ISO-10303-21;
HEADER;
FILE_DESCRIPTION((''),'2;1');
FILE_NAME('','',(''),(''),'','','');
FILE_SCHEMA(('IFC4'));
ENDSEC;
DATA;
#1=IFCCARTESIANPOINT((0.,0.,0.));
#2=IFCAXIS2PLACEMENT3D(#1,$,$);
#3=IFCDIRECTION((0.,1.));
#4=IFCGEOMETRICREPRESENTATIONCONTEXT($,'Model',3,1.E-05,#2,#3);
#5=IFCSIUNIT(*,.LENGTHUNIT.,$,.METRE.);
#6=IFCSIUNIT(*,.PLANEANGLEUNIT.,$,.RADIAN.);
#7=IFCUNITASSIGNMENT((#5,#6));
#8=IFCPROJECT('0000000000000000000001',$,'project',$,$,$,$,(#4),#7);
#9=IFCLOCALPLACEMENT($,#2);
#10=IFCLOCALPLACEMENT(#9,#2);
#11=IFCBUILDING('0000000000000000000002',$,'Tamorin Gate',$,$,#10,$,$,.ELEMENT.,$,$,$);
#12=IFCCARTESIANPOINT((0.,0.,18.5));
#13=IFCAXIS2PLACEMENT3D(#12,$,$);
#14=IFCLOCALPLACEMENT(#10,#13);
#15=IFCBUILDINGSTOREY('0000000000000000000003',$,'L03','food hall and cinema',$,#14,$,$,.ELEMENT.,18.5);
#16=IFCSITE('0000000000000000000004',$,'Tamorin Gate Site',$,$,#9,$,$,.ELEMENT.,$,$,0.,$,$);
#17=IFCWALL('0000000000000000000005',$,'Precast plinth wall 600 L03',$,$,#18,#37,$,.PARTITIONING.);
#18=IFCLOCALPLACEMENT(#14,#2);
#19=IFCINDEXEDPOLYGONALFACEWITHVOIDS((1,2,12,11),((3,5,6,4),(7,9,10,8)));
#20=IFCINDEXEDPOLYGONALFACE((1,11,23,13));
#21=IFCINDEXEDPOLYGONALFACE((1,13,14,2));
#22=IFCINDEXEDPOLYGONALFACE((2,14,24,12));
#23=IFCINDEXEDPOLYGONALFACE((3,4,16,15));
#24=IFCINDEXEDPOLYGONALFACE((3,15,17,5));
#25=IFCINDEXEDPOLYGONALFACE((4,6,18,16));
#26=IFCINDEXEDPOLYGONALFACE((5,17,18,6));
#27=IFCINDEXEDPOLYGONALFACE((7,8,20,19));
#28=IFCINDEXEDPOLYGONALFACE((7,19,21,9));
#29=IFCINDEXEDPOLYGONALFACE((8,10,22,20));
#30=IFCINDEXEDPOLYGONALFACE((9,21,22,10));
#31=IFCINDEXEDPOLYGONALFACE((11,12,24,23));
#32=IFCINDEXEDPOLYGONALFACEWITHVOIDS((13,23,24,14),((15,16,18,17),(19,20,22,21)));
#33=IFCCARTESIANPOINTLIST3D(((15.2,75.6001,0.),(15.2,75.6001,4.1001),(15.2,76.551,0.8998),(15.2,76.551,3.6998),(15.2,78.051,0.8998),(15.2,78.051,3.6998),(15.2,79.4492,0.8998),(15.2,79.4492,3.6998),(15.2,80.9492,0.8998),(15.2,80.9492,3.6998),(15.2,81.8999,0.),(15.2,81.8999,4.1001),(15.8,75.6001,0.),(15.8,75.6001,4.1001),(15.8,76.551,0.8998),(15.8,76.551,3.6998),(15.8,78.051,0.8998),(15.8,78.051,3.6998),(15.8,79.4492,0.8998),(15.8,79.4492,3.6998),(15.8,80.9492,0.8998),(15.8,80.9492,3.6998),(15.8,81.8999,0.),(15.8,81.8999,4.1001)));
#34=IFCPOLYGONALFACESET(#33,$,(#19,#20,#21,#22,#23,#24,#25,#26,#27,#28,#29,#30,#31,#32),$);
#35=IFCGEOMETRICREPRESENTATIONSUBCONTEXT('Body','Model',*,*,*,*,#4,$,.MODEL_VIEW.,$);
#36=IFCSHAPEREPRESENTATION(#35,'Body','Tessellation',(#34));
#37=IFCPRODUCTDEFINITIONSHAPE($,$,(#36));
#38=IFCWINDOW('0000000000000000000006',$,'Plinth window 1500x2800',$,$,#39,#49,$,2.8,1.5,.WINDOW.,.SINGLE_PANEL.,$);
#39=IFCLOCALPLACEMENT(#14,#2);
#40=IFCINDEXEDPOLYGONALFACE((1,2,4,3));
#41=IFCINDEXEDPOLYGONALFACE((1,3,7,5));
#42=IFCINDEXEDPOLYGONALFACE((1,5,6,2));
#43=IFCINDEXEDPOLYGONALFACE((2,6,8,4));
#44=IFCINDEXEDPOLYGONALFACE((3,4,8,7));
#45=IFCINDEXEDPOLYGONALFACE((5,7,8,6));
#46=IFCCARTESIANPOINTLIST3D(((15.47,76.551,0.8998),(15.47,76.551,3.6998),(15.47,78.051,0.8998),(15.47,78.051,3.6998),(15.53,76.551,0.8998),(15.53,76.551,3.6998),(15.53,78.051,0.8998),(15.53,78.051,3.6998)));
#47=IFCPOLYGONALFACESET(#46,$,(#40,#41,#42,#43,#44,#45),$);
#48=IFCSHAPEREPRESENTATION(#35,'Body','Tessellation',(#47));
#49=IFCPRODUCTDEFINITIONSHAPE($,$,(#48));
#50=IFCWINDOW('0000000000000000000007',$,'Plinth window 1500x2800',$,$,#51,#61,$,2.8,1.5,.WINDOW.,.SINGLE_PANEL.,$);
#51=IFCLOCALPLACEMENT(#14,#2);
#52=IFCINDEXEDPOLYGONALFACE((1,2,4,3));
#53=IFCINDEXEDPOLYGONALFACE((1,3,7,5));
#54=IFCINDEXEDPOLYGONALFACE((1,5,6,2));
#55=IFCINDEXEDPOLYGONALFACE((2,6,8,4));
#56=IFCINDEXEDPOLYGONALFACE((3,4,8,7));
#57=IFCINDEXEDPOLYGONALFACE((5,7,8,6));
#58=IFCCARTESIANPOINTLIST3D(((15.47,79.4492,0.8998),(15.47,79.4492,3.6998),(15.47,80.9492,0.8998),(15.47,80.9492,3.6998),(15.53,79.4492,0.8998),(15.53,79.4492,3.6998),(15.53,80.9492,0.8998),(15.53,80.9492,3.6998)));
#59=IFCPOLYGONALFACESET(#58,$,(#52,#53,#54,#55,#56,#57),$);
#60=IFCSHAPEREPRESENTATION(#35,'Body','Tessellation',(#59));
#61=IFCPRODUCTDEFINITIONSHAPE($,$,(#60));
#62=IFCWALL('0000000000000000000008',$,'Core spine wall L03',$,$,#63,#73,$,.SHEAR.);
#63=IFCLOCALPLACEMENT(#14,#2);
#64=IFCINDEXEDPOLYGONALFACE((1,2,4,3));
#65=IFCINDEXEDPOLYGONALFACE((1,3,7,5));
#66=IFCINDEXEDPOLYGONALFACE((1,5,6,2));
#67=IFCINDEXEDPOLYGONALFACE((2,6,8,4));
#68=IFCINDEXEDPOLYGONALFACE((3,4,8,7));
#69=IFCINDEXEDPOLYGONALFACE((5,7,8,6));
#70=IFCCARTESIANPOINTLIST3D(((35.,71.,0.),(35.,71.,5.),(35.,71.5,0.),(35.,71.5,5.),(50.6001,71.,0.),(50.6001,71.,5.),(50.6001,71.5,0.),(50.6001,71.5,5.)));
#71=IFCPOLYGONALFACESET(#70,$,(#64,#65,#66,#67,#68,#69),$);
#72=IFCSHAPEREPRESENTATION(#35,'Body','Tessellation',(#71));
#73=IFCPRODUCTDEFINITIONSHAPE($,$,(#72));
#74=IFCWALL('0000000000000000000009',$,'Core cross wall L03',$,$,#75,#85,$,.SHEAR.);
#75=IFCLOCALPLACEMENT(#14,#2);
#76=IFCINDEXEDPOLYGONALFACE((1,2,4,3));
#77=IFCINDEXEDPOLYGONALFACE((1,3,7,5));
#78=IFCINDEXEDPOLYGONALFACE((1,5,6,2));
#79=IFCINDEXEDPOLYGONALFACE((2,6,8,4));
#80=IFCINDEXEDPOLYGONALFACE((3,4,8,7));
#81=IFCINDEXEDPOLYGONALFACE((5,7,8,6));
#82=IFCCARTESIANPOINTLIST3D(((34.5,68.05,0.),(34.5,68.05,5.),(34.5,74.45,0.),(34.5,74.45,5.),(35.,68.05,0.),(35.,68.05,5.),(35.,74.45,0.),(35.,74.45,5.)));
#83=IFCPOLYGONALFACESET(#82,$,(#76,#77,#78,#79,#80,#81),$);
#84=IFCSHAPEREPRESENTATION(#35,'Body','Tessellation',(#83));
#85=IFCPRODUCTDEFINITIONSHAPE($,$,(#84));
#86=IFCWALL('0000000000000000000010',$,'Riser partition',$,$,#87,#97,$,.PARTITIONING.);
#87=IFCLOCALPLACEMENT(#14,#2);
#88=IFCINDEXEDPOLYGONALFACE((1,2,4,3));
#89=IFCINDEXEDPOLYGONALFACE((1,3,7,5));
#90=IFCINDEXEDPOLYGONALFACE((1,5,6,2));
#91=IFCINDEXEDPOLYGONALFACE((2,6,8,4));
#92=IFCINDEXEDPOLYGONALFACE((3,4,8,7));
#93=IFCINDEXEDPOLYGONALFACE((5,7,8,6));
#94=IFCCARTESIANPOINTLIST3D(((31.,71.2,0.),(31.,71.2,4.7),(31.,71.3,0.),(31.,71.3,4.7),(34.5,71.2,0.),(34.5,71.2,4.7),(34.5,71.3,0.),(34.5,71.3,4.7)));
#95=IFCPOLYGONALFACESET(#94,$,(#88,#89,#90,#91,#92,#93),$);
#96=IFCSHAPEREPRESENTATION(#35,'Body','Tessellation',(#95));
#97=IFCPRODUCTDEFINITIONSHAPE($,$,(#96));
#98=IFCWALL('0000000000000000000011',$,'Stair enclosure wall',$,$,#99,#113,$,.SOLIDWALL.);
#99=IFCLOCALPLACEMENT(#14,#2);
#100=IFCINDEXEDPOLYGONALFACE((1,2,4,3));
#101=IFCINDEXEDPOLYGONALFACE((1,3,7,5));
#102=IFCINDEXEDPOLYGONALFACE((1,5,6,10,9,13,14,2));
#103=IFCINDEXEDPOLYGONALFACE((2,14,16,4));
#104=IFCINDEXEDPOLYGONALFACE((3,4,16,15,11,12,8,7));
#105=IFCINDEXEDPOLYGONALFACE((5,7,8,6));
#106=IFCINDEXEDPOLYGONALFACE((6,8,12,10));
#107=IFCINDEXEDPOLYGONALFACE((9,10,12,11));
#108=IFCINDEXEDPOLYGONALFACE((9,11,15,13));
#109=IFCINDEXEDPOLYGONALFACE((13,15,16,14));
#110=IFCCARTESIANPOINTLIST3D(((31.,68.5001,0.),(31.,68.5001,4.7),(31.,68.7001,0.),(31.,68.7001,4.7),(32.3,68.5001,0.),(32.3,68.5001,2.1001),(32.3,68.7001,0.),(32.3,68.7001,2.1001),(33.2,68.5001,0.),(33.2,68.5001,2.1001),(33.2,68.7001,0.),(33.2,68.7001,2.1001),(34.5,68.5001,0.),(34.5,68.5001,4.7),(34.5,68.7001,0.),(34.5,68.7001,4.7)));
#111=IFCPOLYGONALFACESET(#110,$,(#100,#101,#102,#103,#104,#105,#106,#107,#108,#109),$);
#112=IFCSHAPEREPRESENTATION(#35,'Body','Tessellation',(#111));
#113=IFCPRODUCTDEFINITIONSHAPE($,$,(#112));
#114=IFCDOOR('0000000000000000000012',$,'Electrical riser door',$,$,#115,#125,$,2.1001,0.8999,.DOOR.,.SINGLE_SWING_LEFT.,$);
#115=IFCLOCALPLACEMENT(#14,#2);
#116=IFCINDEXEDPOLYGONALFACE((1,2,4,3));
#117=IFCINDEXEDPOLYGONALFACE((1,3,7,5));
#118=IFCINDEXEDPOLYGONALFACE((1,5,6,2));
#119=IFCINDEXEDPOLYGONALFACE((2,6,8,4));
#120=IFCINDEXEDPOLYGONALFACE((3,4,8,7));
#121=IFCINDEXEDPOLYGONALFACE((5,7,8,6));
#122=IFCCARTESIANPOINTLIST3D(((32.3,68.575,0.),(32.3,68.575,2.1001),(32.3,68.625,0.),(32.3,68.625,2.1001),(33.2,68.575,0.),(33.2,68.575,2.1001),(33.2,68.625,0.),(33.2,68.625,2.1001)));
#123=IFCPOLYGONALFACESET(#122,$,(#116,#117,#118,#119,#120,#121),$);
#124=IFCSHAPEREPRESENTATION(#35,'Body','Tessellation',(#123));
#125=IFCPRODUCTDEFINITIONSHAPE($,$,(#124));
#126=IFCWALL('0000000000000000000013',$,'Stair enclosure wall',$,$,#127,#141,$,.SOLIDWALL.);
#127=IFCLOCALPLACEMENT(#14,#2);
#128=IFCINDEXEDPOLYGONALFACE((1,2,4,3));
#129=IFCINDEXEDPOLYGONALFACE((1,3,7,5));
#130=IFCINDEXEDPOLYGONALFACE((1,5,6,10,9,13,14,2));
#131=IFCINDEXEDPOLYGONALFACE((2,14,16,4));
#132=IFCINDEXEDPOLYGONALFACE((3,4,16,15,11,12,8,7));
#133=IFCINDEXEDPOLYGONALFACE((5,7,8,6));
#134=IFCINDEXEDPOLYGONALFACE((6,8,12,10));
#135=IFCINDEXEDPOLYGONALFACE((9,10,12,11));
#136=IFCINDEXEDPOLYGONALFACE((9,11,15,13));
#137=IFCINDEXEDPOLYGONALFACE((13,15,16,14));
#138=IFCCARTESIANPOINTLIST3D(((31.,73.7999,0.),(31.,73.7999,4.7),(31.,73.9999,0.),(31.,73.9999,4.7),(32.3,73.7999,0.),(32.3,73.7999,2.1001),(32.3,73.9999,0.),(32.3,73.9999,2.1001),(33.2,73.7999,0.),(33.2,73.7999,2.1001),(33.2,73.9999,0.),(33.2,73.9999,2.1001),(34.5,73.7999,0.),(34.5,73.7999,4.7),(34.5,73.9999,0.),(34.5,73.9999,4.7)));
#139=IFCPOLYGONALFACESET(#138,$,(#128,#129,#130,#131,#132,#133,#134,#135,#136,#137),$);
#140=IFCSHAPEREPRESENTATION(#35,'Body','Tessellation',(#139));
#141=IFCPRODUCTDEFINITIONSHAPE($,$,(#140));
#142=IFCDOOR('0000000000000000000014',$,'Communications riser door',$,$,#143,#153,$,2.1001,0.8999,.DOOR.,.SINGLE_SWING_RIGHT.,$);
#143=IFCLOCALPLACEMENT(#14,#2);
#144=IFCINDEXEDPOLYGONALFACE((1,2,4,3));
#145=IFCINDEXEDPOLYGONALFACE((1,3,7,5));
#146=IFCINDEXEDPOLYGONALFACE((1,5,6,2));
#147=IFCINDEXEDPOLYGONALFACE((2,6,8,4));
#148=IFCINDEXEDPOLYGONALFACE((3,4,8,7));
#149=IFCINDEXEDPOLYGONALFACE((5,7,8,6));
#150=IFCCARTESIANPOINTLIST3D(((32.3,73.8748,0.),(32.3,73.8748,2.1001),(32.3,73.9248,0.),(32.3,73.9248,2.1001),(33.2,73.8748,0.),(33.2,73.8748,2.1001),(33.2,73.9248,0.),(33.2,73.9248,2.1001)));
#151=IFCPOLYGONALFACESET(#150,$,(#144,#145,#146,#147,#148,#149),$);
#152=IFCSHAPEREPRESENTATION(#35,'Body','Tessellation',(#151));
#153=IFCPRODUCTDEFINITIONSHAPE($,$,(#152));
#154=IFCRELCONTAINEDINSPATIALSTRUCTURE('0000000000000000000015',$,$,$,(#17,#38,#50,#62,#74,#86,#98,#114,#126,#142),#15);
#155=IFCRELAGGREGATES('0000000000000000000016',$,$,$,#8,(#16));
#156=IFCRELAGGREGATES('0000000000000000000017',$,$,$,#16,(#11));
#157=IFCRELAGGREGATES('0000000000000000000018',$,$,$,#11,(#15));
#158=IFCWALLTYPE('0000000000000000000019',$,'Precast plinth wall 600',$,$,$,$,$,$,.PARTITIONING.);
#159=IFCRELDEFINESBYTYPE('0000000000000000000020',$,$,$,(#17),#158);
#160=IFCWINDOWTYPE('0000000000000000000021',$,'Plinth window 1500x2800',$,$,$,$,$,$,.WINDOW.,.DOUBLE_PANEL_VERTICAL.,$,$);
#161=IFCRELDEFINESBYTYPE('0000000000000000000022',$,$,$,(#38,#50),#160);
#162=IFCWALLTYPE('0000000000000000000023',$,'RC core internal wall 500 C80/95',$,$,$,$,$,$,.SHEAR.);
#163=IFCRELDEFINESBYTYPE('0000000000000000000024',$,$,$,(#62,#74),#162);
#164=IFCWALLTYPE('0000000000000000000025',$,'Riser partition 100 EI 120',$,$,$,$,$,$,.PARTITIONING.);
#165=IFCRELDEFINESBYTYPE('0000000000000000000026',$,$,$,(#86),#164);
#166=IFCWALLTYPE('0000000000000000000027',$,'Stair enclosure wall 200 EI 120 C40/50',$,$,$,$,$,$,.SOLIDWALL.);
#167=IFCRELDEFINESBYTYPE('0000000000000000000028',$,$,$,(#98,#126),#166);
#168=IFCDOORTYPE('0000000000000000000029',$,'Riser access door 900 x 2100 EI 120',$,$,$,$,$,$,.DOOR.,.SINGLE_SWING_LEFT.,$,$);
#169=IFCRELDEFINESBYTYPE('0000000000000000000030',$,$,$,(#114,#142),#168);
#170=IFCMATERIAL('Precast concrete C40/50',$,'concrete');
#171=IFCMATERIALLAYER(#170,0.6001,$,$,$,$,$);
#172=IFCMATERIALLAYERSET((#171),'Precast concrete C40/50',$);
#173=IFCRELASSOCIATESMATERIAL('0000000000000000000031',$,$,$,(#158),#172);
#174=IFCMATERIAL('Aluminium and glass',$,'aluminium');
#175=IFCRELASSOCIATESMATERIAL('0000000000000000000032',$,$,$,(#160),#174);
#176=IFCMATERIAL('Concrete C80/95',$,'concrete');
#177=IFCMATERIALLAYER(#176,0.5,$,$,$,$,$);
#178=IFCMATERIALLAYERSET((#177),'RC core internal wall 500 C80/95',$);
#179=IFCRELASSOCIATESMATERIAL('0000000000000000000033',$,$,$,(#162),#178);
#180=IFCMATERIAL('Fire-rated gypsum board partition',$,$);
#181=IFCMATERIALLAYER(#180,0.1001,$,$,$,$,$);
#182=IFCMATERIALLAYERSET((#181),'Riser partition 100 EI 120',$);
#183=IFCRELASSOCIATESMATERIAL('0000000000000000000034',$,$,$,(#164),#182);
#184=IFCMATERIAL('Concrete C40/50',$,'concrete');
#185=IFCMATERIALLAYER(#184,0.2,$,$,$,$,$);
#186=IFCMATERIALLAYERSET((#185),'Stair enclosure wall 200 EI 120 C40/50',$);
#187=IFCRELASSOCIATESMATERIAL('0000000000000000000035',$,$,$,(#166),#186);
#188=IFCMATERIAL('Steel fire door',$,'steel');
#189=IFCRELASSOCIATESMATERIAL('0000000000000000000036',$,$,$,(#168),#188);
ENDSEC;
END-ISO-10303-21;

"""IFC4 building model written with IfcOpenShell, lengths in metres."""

from ifc_helpers import new_model, si_unit, direction, frame, frame_2d, origin, place, context, subcontext, project, spatial, rectangle, extrude, material, layer, layer_set, type_object, element, fill, save


model = new_model("IFC4")

# Units and contexts
model_context = context("Model", 3, precision=1e-05, world=origin(), true_north=direction((0.0, 1.0)))
body_context = subcontext(model_context, "Body", "Model", "MODEL_VIEW")
ifc_project = project(units=[si_unit("LENGTHUNIT", "METRE"), si_unit("PLANEANGLEUNIT", "RADIAN")], contexts=[model_context])

# Site, building, storey
site_placement = place(None, origin())
site = spatial("IfcSite", under=ifc_project, at=site_placement, Name="Tamorin Gate Site", CompositionType="ELEMENT", RefElevation=0.0)
building_placement = place(site_placement, origin())
building = spatial("IfcBuilding", under=site, at=building_placement, Name="Tamorin Gate", CompositionType="ELEMENT")
storey_placement = place(building_placement, frame((0.0, 0.0, 18.5)))
storey = spatial("IfcBuildingStorey", under=building, at=storey_placement, Name="L03", Description="food hall and cinema", CompositionType="ELEMENT", Elevation=18.5)

# Shared definitions
ifc_material_1 = material(Name="Concrete C80/95", Category="concrete")

# Wall, openings, windows
ifc_material_2 = material(Name="Precast concrete C40/50", Category="concrete")
ifc_layer_1 = layer(ifc_material_2, 0.6001)
ifc_layer_set_1 = layer_set([ifc_layer_1], Name="Precast concrete C40/50")
wall_type_1 = type_object("IfcWallType", Name="Precast plinth wall 600", PredefinedType="PARTITIONING", material=ifc_layer_set_1)
ifc_material_3 = material(Name="Aluminium and glass", Category="aluminium")
window_type = type_object("IfcWindowType", Name="Plinth window 1500x2800", PartitioningType="DOUBLE_PANEL_VERTICAL", PredefinedType="WINDOW", material=ifc_material_3)
wall_1_placement = place(storey_placement, frame((15.5, 75.6001, 0.0), z_axis=(0.0, 0.0, 1.0), x_axis=(0.0, 1.0, 0.0)))
wall_1 = element("IfcWall", 1, at=wall_1_placement, inside=storey, type_object=wall_type_1, Name="Precast plinth wall 600 L03", PredefinedType="PARTITIONING", context=body_context, shape_type="SweptSolid", body=[
    extrude(rectangle(XDim=6.2998, YDim=0.6001, at=frame_2d((3.1499, 0.0))), origin(), (0.0, 0.0, 1.0), 4.1001),
])
opening_1_placement = place(wall_1_placement, frame((0.9509, 0.0, 0.8999)))
opening_1 = element("IfcOpeningElement", 2, at=opening_1_placement, cuts=wall_1, PredefinedType="OPENING", context=body_context, shape_type="SweptSolid", body=[
    extrude(rectangle(XDim=1.5, YDim=2.8, at=frame_2d((0.75, 1.3999))), frame((0.0, 0.3101, 0.0), z_axis=(0.0, -1.0, 0.0), x_axis=(1.0, 0.0, 0.0)), (0.0, 0.0, 1.0), 0.6201),
])
opening_2_placement = place(wall_1_placement, frame((3.8491, 0.0, 0.8999)))
opening_2 = element("IfcOpeningElement", 3, at=opening_2_placement, cuts=wall_1, PredefinedType="OPENING", context=body_context, shape_type="SweptSolid", body=[
    extrude(rectangle(XDim=1.5, YDim=2.8, at=frame_2d((0.75, 1.3999))), frame((0.0, 0.3101, 0.0), z_axis=(0.0, -1.0, 0.0), x_axis=(1.0, 0.0, 0.0)), (0.0, 0.0, 1.0), 0.6201),
])
window_1_placement = place(opening_1_placement, origin())
window_1 = element("IfcWindow", 4, at=window_1_placement, inside=storey, type_object=window_type, Name="Plinth window 1500x2800", OverallHeight=2.8, OverallWidth=1.5, PartitioningType="SINGLE_PANEL", PredefinedType="WINDOW", context=body_context, shape_type="SweptSolid", body=[
    extrude(rectangle(XDim=1.5, YDim=2.8, at=frame_2d((0.75, 1.3999))), frame((0.0, 0.03, 0.0), z_axis=(0.0, -1.0, 0.0), x_axis=(1.0, 0.0, 0.0)), (0.0, 0.0, 1.0), 0.0601),
])
fill(opening_1, window_1)
window_2_placement = place(opening_2_placement, origin())
window_2 = element("IfcWindow", 5, at=window_2_placement, inside=storey, type_object=window_type, Name="Plinth window 1500x2800", OverallHeight=2.8, OverallWidth=1.5, PartitioningType="SINGLE_PANEL", PredefinedType="WINDOW", context=body_context, shape_type="SweptSolid", body=[
    extrude(rectangle(XDim=1.5, YDim=2.8, at=frame_2d((0.75, 1.3999))), frame((0.0, 0.03, 0.0), z_axis=(0.0, -1.0, 0.0), x_axis=(1.0, 0.0, 0.0)), (0.0, 0.0, 1.0), 0.0601),
])
fill(opening_2, window_2)

# Walls
ifc_layer_2 = layer(ifc_material_1, 0.5)
ifc_layer_set_2 = layer_set([ifc_layer_2], Name="RC core internal wall 500 C80/95")
wall_type_2 = type_object("IfcWallType", Name="RC core internal wall 500 C80/95", PredefinedType="SHEAR", material=ifc_layer_set_2)
wall_2_placement = place(storey_placement, frame((35.0, 71.25, 0.0), z_axis=(0.0, 0.0, 1.0), x_axis=(1.0, 0.0, 0.0)))
element("IfcWall", 6, at=wall_2_placement, inside=storey, type_object=wall_type_2, Name="Core spine wall L03", PredefinedType="SHEAR", context=body_context, shape_type="SweptSolid", body=[
    extrude(rectangle(XDim=15.6001, YDim=0.5, at=frame_2d((7.8, 0.0))), origin(), (0.0, 0.0, 1.0), 5.0),
])
wall_3_placement = place(storey_placement, frame((34.75, 68.05, 0.0), z_axis=(0.0, 0.0, 1.0), x_axis=(0.0, 1.0, 0.0)))
element("IfcWall", 7, at=wall_3_placement, inside=storey, type_object=wall_type_2, Name="Core cross wall L03", PredefinedType="SHEAR", context=body_context, shape_type="SweptSolid", body=[
    extrude(rectangle(XDim=6.3999, YDim=0.5, at=frame_2d((3.2, 0.0))), origin(), (0.0, 0.0, 1.0), 5.0),
])
ifc_material_4 = material(Name="Fire-rated gypsum board partition")
ifc_layer_3 = layer(ifc_material_4, 0.1001)
ifc_layer_set_3 = layer_set([ifc_layer_3], Name="Riser partition 100 EI 120")
wall_type_3 = type_object("IfcWallType", Name="Riser partition 100 EI 120", PredefinedType="PARTITIONING", material=ifc_layer_set_3)
wall_4_placement = place(storey_placement, frame((31.0, 71.25, 0.0), z_axis=(0.0, 0.0, 1.0), x_axis=(1.0, 0.0, 0.0)))
element("IfcWall", 8, at=wall_4_placement, inside=storey, type_object=wall_type_3, Name="Riser partition", PredefinedType="PARTITIONING", context=body_context, shape_type="SweptSolid", body=[
    extrude(rectangle(XDim=3.5, YDim=0.1001, at=frame_2d((1.75, 0.0))), origin(), (0.0, 0.0, 1.0), 4.7),
])

# Walls, openings, doors
ifc_material_5 = material(Name="Concrete C40/50", Category="concrete")
ifc_layer_4 = layer(ifc_material_5, 0.2)
ifc_layer_set_4 = layer_set([ifc_layer_4], Name="Stair enclosure wall 200 EI 120 C40/50")
wall_type_4 = type_object("IfcWallType", Name="Stair enclosure wall 200 EI 120 C40/50", PredefinedType="SOLIDWALL", material=ifc_layer_set_4)
wall_5_placement = place(storey_placement, frame((31.0, 68.6001, 0.0), z_axis=(0.0, 0.0, 1.0), x_axis=(1.0, 0.0, 0.0)))
wall_5 = element("IfcWall", 9, at=wall_5_placement, inside=storey, type_object=wall_type_4, Name="Stair enclosure wall", PredefinedType="SOLIDWALL", context=body_context, shape_type="SweptSolid", body=[
    extrude(rectangle(XDim=3.5, YDim=0.2, at=frame_2d((1.75, 0.0))), origin(), (0.0, 0.0, 1.0), 4.7),
])
opening_3_placement = place(wall_5_placement, frame((1.3, 0.0, 0.0)))
opening_3 = element("IfcOpeningElement", 10, at=opening_3_placement, cuts=wall_5, PredefinedType="OPENING", context=body_context, shape_type="SweptSolid", body=[
    extrude(rectangle(XDim=0.8999, YDim=2.1001, at=frame_2d((0.45, 1.05))), frame((0.0, 0.1099, 0.0), z_axis=(0.0, -1.0, 0.0), x_axis=(1.0, 0.0, 0.0)), (0.0, 0.0, 1.0), 0.22),
])
ifc_material_6 = material(Name="Steel fire door", Category="steel")
door_type_1 = type_object("IfcDoorType", Name="Riser access door 900 x 2100 EI 120", OperationType="SINGLE_SWING_LEFT", PredefinedType="DOOR", material=ifc_material_6)
door_1_placement = place(opening_3_placement, origin())
door_1 = element("IfcDoor", 11, at=door_1_placement, inside=storey, type_object=door_type_1, Name="Electrical riser door", OperationType="SINGLE_SWING_LEFT", OverallHeight=2.1001, OverallWidth=0.8999, PredefinedType="DOOR", context=body_context, shape_type="SweptSolid", body=[
    extrude(rectangle(XDim=0.8999, YDim=2.1001, at=frame_2d((0.45, 1.05))), frame((0.0, 0.0249, 0.0), z_axis=(0.0, -1.0, 0.0), x_axis=(1.0, 0.0, 0.0)), (0.0, 0.0, 1.0), 0.05),
])
fill(opening_3, door_1)
wall_6_placement = place(storey_placement, frame((31.0, 73.8999, 0.0), z_axis=(0.0, 0.0, 1.0), x_axis=(1.0, 0.0, 0.0)))
wall_6 = element("IfcWall", 12, at=wall_6_placement, inside=storey, type_object=wall_type_4, Name="Stair enclosure wall", PredefinedType="SOLIDWALL", context=body_context, shape_type="SweptSolid", body=[
    extrude(rectangle(XDim=3.5, YDim=0.2, at=frame_2d((1.75, 0.0))), origin(), (0.0, 0.0, 1.0), 4.7),
])
opening_4_placement = place(wall_6_placement, frame((1.3, 0.0, 0.0)))
opening_4 = element("IfcOpeningElement", 13, at=opening_4_placement, cuts=wall_6, PredefinedType="OPENING", context=body_context, shape_type="SweptSolid", body=[
    extrude(rectangle(XDim=0.8999, YDim=2.1001, at=frame_2d((0.45, 1.05))), frame((0.0, 0.1099, 0.0), z_axis=(0.0, -1.0, 0.0), x_axis=(1.0, 0.0, 0.0)), (0.0, 0.0, 1.0), 0.22),
])
door_2_placement = place(opening_4_placement, origin())
door_2 = element("IfcDoor", 14, at=door_2_placement, inside=storey, type_object=door_type_1, Name="Communications riser door", OperationType="SINGLE_SWING_RIGHT", OverallHeight=2.1001, OverallWidth=0.8999, PredefinedType="DOOR", context=body_context, shape_type="SweptSolid", body=[
    extrude(rectangle(XDim=0.8999, YDim=2.1001, at=frame_2d((0.45, 1.05))), frame((0.0, 0.0249, 0.0), z_axis=(0.0, -1.0, 0.0), x_axis=(1.0, 0.0, 0.0)), (0.0, 0.0, 1.0), 0.05),
])
fill(opening_4, door_2)

save(model, "model.ifc")
